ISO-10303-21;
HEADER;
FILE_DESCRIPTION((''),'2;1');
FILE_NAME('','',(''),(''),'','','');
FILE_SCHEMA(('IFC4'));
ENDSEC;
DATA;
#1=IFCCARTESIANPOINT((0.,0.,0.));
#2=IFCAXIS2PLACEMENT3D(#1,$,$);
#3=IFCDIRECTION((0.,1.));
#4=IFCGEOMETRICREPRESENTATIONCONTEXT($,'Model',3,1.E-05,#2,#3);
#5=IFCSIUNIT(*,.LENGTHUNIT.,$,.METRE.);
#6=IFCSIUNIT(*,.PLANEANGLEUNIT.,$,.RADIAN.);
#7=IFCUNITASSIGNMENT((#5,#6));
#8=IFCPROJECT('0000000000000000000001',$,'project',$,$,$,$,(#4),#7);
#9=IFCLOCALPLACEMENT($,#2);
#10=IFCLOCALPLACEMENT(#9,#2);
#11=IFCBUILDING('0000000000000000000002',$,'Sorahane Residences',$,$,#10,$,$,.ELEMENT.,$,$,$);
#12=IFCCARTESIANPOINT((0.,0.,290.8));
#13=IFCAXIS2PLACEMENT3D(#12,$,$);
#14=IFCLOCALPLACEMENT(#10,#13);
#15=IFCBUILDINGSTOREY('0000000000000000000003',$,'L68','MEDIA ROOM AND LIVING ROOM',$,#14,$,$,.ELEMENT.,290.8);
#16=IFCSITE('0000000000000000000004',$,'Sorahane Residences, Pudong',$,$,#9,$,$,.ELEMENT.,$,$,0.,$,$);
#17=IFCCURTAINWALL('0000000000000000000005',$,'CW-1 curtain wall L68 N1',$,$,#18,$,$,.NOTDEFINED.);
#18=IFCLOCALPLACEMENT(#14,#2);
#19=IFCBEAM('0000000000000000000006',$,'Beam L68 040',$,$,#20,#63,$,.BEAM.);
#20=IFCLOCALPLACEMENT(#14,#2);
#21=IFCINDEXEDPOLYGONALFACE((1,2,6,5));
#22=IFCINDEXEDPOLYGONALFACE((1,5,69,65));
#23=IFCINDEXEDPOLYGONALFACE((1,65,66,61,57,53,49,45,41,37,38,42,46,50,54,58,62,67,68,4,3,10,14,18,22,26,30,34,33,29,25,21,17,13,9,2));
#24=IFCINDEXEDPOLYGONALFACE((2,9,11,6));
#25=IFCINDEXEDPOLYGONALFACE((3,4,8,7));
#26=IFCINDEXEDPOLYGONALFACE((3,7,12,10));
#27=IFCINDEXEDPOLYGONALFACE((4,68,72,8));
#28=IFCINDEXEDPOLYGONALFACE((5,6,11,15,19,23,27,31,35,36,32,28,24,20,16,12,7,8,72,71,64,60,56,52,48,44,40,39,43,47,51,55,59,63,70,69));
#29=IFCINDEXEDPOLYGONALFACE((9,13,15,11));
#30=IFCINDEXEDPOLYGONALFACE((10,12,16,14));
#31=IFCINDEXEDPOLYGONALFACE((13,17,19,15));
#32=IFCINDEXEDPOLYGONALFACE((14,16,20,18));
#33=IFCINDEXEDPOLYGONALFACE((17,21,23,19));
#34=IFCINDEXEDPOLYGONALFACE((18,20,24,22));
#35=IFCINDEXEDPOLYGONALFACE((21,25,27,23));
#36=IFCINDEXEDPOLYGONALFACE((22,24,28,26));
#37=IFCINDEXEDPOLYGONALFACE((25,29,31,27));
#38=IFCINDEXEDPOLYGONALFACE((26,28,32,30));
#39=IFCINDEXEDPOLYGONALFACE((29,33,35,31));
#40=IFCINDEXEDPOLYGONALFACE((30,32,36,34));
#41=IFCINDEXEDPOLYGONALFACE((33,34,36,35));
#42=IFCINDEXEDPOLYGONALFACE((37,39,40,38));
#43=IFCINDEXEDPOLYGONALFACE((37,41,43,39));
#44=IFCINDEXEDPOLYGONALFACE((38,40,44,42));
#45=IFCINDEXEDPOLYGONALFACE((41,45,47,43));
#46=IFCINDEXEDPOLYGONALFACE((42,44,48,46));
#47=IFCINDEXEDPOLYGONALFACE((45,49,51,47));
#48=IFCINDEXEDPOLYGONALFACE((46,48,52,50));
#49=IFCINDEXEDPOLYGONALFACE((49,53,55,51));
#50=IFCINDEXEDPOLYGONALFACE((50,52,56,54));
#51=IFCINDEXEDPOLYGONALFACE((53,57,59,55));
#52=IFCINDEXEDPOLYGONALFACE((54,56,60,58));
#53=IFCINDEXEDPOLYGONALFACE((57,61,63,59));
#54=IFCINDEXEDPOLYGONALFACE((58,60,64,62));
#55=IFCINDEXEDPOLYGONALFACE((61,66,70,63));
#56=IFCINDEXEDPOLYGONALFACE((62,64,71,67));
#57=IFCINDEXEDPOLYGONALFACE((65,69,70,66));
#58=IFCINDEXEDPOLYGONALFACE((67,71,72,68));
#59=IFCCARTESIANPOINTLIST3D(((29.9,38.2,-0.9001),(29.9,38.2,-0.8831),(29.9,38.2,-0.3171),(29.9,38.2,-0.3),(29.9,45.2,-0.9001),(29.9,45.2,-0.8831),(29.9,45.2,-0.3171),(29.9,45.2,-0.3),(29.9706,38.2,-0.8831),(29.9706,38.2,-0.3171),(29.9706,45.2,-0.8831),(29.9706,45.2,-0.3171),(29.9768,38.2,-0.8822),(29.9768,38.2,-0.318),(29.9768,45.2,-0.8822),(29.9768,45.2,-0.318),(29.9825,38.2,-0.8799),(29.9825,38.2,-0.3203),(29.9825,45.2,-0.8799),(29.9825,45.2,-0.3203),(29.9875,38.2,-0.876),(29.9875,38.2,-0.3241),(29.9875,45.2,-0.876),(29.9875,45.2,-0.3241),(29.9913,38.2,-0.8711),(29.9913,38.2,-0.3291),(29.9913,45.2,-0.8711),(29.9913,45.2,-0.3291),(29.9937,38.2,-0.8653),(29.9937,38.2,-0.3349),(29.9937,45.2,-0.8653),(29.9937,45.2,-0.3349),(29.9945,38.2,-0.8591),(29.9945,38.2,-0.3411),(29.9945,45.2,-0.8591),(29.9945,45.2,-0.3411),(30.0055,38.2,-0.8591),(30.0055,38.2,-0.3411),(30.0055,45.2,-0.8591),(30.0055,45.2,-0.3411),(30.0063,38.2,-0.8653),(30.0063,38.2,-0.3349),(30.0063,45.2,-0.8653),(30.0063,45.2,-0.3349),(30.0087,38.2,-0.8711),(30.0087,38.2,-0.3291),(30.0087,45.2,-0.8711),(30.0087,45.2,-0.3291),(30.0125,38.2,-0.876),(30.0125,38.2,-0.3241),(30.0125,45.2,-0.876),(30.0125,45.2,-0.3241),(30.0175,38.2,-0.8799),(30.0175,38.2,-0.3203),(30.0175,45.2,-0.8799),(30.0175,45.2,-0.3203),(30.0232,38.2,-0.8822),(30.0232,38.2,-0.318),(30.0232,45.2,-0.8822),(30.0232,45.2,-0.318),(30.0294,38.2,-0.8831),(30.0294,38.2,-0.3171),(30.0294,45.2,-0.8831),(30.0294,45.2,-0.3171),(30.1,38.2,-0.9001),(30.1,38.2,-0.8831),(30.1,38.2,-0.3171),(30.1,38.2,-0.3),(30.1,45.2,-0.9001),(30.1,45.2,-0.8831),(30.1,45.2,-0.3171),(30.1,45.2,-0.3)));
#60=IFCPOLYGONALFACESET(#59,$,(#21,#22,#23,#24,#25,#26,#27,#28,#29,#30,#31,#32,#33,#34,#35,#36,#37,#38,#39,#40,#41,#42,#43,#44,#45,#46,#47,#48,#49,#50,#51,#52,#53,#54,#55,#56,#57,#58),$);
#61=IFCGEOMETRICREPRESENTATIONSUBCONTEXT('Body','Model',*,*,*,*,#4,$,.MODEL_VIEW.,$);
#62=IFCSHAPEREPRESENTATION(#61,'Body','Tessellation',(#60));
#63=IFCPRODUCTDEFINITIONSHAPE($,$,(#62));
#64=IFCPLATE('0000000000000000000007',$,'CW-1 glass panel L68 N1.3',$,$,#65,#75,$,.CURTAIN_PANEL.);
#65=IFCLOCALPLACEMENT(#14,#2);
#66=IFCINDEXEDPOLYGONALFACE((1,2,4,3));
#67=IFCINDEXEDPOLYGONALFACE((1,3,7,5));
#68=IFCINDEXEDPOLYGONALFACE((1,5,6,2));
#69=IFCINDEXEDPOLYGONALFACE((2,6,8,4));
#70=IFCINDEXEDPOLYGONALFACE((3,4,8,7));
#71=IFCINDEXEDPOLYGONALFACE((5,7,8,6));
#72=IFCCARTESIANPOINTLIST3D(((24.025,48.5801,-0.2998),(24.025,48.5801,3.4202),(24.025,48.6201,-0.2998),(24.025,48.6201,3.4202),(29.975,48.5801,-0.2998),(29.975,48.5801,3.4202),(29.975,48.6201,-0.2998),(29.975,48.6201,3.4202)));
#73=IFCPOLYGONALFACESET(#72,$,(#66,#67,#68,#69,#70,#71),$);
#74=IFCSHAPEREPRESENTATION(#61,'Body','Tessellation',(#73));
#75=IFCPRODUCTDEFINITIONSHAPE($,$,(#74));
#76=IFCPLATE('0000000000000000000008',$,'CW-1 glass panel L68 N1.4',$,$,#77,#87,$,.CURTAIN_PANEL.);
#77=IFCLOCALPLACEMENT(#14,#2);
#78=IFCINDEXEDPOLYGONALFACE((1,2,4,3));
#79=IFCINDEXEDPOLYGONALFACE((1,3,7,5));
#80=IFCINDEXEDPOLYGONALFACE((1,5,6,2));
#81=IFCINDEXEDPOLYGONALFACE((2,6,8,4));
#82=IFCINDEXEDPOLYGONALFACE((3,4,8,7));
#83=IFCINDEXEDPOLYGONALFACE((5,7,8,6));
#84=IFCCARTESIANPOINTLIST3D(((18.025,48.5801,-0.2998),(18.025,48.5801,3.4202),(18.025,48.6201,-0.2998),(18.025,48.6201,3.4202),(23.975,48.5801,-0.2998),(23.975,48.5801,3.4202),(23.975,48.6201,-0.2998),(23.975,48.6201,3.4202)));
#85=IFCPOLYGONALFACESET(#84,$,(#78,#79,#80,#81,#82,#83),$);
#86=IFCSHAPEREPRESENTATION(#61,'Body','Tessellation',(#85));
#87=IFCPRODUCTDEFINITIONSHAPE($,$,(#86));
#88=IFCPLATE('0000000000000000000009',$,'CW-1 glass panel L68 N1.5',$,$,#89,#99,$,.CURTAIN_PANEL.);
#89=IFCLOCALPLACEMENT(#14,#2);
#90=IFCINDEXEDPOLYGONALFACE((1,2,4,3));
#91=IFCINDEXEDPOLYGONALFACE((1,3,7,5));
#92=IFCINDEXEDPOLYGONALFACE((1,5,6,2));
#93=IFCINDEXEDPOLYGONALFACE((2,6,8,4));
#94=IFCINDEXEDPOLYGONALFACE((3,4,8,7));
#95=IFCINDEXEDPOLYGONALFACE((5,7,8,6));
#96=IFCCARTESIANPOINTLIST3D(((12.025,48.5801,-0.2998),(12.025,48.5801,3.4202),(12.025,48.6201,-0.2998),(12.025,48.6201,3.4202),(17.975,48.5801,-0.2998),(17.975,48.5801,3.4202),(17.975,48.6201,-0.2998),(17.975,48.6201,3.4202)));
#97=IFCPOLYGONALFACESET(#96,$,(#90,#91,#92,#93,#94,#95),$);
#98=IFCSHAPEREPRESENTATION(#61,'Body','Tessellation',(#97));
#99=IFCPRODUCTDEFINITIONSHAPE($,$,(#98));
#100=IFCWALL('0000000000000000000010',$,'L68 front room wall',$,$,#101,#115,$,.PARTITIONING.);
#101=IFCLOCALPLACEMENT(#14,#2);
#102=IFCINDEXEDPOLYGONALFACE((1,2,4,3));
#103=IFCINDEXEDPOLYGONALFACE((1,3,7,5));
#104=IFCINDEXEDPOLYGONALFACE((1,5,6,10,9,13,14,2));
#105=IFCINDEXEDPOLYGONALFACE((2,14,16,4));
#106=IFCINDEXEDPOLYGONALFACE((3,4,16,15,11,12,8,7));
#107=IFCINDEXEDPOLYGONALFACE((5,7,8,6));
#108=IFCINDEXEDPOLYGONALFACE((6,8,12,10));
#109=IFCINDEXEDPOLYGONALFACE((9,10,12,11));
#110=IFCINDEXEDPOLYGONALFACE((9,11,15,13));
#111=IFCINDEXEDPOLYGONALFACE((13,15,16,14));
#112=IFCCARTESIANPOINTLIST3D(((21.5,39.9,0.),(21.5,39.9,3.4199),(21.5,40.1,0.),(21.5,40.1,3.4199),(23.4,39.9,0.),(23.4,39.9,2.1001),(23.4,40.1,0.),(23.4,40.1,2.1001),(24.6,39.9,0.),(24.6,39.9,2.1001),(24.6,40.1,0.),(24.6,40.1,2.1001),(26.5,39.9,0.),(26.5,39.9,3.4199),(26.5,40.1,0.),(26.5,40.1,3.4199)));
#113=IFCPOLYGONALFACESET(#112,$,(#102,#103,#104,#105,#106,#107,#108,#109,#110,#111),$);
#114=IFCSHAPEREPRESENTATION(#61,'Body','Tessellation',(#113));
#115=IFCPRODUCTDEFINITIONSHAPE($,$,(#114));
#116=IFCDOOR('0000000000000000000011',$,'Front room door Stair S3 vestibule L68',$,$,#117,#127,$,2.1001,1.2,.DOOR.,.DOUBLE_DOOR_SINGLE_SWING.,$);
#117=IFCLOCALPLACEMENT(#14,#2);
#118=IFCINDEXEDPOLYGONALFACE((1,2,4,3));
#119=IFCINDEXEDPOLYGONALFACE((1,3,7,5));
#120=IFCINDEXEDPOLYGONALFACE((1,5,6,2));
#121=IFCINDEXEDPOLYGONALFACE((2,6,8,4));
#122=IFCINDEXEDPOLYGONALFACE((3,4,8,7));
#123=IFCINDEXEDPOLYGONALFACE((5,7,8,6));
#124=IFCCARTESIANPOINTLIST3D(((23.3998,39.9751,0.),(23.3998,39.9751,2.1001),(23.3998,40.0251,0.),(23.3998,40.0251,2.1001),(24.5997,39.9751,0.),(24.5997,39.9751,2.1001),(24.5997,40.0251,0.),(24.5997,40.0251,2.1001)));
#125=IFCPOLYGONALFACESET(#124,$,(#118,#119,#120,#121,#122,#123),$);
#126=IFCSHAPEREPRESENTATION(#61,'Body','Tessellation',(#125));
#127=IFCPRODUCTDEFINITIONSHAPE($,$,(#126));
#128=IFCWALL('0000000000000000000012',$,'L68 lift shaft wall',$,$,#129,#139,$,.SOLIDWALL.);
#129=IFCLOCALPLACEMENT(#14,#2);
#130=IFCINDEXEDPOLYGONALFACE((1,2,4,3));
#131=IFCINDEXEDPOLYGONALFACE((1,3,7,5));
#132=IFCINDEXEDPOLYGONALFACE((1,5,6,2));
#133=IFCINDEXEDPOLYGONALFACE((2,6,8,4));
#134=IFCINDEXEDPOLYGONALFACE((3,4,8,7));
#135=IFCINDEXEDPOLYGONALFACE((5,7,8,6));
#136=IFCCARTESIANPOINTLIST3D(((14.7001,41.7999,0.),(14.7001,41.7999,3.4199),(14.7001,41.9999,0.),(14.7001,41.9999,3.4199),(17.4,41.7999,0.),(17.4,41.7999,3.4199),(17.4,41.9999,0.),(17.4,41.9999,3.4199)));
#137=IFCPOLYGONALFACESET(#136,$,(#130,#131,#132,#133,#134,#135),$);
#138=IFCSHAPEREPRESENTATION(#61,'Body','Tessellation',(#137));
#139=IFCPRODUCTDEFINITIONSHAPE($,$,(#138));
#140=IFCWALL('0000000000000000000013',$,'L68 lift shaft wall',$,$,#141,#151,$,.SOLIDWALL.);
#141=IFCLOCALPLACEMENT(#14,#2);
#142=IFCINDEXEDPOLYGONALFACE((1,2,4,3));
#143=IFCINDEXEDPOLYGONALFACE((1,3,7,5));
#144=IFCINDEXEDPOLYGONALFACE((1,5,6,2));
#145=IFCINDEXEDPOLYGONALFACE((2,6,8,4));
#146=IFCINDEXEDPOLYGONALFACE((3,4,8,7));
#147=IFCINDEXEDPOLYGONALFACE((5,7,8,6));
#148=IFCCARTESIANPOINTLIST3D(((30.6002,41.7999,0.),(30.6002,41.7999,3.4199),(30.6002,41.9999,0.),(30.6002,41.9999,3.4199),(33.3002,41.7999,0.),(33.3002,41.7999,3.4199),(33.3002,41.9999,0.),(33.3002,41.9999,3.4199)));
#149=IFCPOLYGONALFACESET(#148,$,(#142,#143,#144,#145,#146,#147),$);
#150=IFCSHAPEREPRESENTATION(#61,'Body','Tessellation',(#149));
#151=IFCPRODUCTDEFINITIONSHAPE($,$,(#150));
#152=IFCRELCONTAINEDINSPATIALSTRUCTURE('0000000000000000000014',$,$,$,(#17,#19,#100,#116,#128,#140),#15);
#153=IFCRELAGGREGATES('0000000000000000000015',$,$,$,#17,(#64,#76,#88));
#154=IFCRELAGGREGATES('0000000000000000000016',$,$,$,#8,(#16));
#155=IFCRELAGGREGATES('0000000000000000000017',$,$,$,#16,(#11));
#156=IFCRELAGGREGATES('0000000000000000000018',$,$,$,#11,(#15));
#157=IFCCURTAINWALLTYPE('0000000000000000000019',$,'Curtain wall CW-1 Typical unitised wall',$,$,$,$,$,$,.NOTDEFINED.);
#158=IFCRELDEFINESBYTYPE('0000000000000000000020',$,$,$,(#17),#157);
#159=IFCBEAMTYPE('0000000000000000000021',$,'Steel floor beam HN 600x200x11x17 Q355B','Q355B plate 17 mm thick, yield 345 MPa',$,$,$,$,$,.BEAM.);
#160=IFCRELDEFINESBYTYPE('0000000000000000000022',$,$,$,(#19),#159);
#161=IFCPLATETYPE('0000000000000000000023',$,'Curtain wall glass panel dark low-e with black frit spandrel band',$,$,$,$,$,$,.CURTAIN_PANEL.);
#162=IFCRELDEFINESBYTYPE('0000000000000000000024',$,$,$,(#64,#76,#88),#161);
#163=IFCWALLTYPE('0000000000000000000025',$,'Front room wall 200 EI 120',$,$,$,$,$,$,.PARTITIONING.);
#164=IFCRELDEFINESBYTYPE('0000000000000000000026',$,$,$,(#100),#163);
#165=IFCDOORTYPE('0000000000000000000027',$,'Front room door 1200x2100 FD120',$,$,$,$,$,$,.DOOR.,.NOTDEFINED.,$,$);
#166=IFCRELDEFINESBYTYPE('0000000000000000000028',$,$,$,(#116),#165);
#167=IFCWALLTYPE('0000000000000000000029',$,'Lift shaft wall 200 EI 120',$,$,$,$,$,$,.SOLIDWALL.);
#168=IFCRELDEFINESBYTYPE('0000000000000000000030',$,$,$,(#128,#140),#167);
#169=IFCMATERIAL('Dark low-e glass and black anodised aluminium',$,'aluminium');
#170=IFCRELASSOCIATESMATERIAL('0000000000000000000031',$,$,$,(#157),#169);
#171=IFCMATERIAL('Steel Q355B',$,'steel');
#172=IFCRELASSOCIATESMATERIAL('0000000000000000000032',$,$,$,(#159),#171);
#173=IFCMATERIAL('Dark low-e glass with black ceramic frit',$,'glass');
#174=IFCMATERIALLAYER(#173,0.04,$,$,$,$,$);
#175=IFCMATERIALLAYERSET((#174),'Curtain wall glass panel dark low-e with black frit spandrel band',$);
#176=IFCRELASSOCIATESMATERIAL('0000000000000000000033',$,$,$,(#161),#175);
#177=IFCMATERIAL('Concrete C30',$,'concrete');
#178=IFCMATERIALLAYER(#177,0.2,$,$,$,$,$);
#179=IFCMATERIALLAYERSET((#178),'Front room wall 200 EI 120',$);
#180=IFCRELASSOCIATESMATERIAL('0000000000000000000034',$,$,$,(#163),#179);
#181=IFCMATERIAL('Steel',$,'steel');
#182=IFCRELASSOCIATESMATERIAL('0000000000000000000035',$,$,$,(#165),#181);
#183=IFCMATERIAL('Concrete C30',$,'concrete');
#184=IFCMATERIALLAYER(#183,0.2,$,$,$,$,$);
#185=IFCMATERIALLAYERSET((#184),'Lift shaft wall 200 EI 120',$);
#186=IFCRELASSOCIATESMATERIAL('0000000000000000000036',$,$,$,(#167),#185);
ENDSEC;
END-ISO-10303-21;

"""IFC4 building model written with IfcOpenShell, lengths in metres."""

from ifc_helpers import new_model, si_unit, direction, frame, frame_2d, origin, origin_2d, place, context, subcontext, project, spatial, rectangle, i_section, extrude, material, layer, layer_set, material_profile, profile_set, type_object, element, fill, aggregate, save


model = new_model("IFC4")

# Units and contexts
model_context = context("Model", 3, precision=1e-05, world=origin(), true_north=direction((0.0, 1.0)))
body_context = subcontext(model_context, "Body", "Model", "MODEL_VIEW")
ifc_project = project(units=[si_unit("LENGTHUNIT", "METRE"), si_unit("PLANEANGLEUNIT", "RADIAN")], contexts=[model_context])

# Site, building, storey
site_placement = place(None, origin())
site = spatial("IfcSite", under=ifc_project, at=site_placement, Name="Sorahane Residences, Pudong", CompositionType="ELEMENT", RefElevation=0.0)
building_placement = place(site_placement, origin())
building = spatial("IfcBuilding", under=site, at=building_placement, Name="Sorahane Residences", CompositionType="ELEMENT")
storey_placement = place(building_placement, frame((0.0, 0.0, 290.8)))
storey = spatial("IfcBuildingStorey", under=building, at=storey_placement, Name="L68", Description="MEDIA ROOM AND LIVING ROOM", CompositionType="ELEMENT", Elevation=290.8)

# Curtain wall
ifc_material_1 = material(Name="Dark low-e glass and black anodised aluminium", Category="aluminium")
curtain_wall_type = type_object("IfcCurtainWallType", Name="Curtain wall CW-1 Typical unitised wall", PredefinedType="NOTDEFINED", material=ifc_material_1)
curtain_wall_placement = place(storey_placement, origin())
curtain_wall = element("IfcCurtainWall", 1, at=curtain_wall_placement, inside=storey, type_object=curtain_wall_type, Name="CW-1 curtain wall L68 N1", PredefinedType="NOTDEFINED")

# Beam
ifc_material_2 = material(Name="Steel Q355B", Category="steel")
ifc_material_profile_1 = material_profile(ifc_material_2, i_section(OverallWidth=0.2, OverallDepth=0.6001, WebThickness=0.011, FlangeThickness=0.0171, FilletRadius=0.0239, at=origin_2d()), Name="HN 600x200x11x17")
ifc_profile_set_1 = profile_set([ifc_material_profile_1], Name="Steel Q355B")
beam_type_1 = type_object("IfcBeamType", Name="Steel floor beam HN 600x200x11x17 Q355B", Description="Q355B plate 17 mm thick, yield 345 MPa", PredefinedType="BEAM", material=ifc_profile_set_1)
for number, where, z_axis, x_axis, name in (
    (2, (30.0, 38.2, -0.6001), (0.0, 1.0, 0.0), (-1.0, 0.0, 0.0), "Beam L68 040"),
):
    element("IfcBeam", number, at=place(storey_placement, frame(where, z_axis=z_axis, x_axis=x_axis)), inside=storey, type_object=beam_type_1, Name=name, PredefinedType="BEAM", context=body_context, shape_type="SweptSolid", body=[
        extrude(i_section(OverallWidth=0.2, OverallDepth=0.6001, WebThickness=0.011, FlangeThickness=0.0171, FilletRadius=0.0239, at=origin_2d()), origin(), (0.0, 0.0, 1.0), 7.0),
    ])

# Plates
ifc_material_3 = material(Name="Dark low-e glass with black ceramic frit", Category="glass")
ifc_layer_1 = layer(ifc_material_3, 0.04)
ifc_layer_set_1 = layer_set([ifc_layer_1], Name="Curtain wall glass panel dark low-e with black frit spandrel band")
plate_type = type_object("IfcPlateType", Name="Curtain wall glass panel dark low-e with black frit spandrel band", PredefinedType="CURTAIN_PANEL", material=ifc_layer_set_1)
plate_1_placement = place(storey_placement, frame((27.0, 48.6001, -0.2998), z_axis=(0.0, 0.0, 1.0), x_axis=(-1.0, 0.0, 0.0)))
plate_1 = element("IfcPlate", 3, at=plate_1_placement, type_object=plate_type, Name="CW-1 glass panel L68 N1.3", PredefinedType="CURTAIN_PANEL", context=body_context, shape_type="SweptSolid", body=[
    extrude(rectangle(XDim=5.95, YDim=0.04, at=origin_2d()), origin(), (0.0, 0.0, 1.0), 3.72),
])
plate_2_placement = place(storey_placement, frame((21.0, 48.6001, -0.2998), z_axis=(0.0, 0.0, 1.0), x_axis=(-1.0, 0.0, 0.0)))
plate_2 = element("IfcPlate", 4, at=plate_2_placement, type_object=plate_type, Name="CW-1 glass panel L68 N1.4", PredefinedType="CURTAIN_PANEL", context=body_context, shape_type="SweptSolid", body=[
    extrude(rectangle(XDim=5.95, YDim=0.04, at=origin_2d()), origin(), (0.0, 0.0, 1.0), 3.72),
])
plate_3_placement = place(storey_placement, frame((15.0, 48.6001, -0.2998), z_axis=(0.0, 0.0, 1.0), x_axis=(-1.0, 0.0, 0.0)))
plate_3 = element("IfcPlate", 5, at=plate_3_placement, type_object=plate_type, Name="CW-1 glass panel L68 N1.5", PredefinedType="CURTAIN_PANEL", context=body_context, shape_type="SweptSolid", body=[
    extrude(rectangle(XDim=5.95, YDim=0.04, at=origin_2d()), origin(), (0.0, 0.0, 1.0), 3.72),
])
aggregate(curtain_wall, [plate_1, plate_2, plate_3])

# Wall, opening, door
ifc_material_4 = material(Name="Concrete C30", Category="concrete")
ifc_layer_2 = layer(ifc_material_4, 0.2)
ifc_layer_set_2 = layer_set([ifc_layer_2], Name="Front room wall 200 EI 120")
wall_type_1 = type_object("IfcWallType", Name="Front room wall 200 EI 120", PredefinedType="PARTITIONING", material=ifc_layer_set_2)
wall_placement = place(storey_placement, frame((21.5, 40.0, 0.0), z_axis=(0.0, 0.0, 1.0), x_axis=(1.0, 0.0, 0.0)))
wall = element("IfcWall", 6, at=wall_placement, inside=storey, type_object=wall_type_1, Name="L68 front room wall", PredefinedType="PARTITIONING", context=body_context, shape_type="SweptSolid", body=[
    extrude(rectangle(XDim=5.0, YDim=0.2, at=frame_2d((2.5, 0.0))), origin(), (0.0, 0.0, 1.0), 3.4199),
])
opening_placement = place(wall_placement, frame((1.8999, 0.0, 0.0)))
opening = element("IfcOpeningElement", 7, at=opening_placement, cuts=wall, PredefinedType="OPENING", context=body_context, shape_type="SweptSolid", body=[
    extrude(rectangle(XDim=1.2, YDim=2.1001, at=frame_2d((0.6001, 1.05))), frame((0.0, 0.1099, 0.0), z_axis=(0.0, -1.0, 0.0), x_axis=(1.0, 0.0, 0.0)), (0.0, 0.0, 1.0), 0.22),
])
ifc_material_5 = material(Name="Steel", Category="steel")
door_type = type_object("IfcDoorType", Name="Front room door 1200x2100 FD120", OperationType="NOTDEFINED", PredefinedType="DOOR", material=ifc_material_5)
door_placement = place(opening_placement, frame((1.2, 0.0, 0.0), z_axis=(0.0, 0.0, 1.0), x_axis=(-1.0, 0.0, 0.0)))
door = element("IfcDoor", 8, at=door_placement, inside=storey, type_object=door_type, Name="Front room door Stair S3 vestibule L68", OperationType="DOUBLE_DOOR_SINGLE_SWING", OverallHeight=2.1001, OverallWidth=1.2, PredefinedType="DOOR", context=body_context, shape_type="SweptSolid", body=[
    extrude(rectangle(XDim=1.2, YDim=2.1001, at=frame_2d((0.6001, 1.05))), frame((0.0, 0.0249, 0.0), z_axis=(0.0, -1.0, 0.0), x_axis=(1.0, 0.0, 0.0)), (0.0, 0.0, 1.0), 0.05),
])
fill(opening, door)

# Walls
ifc_material_6 = material(Name="Concrete C30", Category="concrete")
ifc_layer_3 = layer(ifc_material_6, 0.2)
ifc_layer_set_3 = layer_set([ifc_layer_3], Name="Lift shaft wall 200 EI 120")
wall_type_2 = type_object("IfcWallType", Name="Lift shaft wall 200 EI 120", PredefinedType="SOLIDWALL", material=ifc_layer_set_3)
for number, where, z_axis, x_axis, name in (
    (9, (14.7, 41.8999, 0.0), (0.0, 0.0, 1.0), (1.0, 0.0, 0.0), "L68 lift shaft wall"),
    (10, (30.6001, 41.8999, 0.0), (0.0, 0.0, 1.0), (1.0, 0.0, 0.0), "L68 lift shaft wall"),
):
    element("IfcWall", number, at=place(storey_placement, frame(where, z_axis=z_axis, x_axis=x_axis)), inside=storey, type_object=wall_type_2, Name=name, PredefinedType="SOLIDWALL", context=body_context, shape_type="SweptSolid", body=[
        extrude(rectangle(XDim=2.7, YDim=0.2, at=frame_2d((1.3501, 0.0))), origin(), (0.0, 0.0, 1.0), 3.4199),
    ])

save(model, "model.ifc")
